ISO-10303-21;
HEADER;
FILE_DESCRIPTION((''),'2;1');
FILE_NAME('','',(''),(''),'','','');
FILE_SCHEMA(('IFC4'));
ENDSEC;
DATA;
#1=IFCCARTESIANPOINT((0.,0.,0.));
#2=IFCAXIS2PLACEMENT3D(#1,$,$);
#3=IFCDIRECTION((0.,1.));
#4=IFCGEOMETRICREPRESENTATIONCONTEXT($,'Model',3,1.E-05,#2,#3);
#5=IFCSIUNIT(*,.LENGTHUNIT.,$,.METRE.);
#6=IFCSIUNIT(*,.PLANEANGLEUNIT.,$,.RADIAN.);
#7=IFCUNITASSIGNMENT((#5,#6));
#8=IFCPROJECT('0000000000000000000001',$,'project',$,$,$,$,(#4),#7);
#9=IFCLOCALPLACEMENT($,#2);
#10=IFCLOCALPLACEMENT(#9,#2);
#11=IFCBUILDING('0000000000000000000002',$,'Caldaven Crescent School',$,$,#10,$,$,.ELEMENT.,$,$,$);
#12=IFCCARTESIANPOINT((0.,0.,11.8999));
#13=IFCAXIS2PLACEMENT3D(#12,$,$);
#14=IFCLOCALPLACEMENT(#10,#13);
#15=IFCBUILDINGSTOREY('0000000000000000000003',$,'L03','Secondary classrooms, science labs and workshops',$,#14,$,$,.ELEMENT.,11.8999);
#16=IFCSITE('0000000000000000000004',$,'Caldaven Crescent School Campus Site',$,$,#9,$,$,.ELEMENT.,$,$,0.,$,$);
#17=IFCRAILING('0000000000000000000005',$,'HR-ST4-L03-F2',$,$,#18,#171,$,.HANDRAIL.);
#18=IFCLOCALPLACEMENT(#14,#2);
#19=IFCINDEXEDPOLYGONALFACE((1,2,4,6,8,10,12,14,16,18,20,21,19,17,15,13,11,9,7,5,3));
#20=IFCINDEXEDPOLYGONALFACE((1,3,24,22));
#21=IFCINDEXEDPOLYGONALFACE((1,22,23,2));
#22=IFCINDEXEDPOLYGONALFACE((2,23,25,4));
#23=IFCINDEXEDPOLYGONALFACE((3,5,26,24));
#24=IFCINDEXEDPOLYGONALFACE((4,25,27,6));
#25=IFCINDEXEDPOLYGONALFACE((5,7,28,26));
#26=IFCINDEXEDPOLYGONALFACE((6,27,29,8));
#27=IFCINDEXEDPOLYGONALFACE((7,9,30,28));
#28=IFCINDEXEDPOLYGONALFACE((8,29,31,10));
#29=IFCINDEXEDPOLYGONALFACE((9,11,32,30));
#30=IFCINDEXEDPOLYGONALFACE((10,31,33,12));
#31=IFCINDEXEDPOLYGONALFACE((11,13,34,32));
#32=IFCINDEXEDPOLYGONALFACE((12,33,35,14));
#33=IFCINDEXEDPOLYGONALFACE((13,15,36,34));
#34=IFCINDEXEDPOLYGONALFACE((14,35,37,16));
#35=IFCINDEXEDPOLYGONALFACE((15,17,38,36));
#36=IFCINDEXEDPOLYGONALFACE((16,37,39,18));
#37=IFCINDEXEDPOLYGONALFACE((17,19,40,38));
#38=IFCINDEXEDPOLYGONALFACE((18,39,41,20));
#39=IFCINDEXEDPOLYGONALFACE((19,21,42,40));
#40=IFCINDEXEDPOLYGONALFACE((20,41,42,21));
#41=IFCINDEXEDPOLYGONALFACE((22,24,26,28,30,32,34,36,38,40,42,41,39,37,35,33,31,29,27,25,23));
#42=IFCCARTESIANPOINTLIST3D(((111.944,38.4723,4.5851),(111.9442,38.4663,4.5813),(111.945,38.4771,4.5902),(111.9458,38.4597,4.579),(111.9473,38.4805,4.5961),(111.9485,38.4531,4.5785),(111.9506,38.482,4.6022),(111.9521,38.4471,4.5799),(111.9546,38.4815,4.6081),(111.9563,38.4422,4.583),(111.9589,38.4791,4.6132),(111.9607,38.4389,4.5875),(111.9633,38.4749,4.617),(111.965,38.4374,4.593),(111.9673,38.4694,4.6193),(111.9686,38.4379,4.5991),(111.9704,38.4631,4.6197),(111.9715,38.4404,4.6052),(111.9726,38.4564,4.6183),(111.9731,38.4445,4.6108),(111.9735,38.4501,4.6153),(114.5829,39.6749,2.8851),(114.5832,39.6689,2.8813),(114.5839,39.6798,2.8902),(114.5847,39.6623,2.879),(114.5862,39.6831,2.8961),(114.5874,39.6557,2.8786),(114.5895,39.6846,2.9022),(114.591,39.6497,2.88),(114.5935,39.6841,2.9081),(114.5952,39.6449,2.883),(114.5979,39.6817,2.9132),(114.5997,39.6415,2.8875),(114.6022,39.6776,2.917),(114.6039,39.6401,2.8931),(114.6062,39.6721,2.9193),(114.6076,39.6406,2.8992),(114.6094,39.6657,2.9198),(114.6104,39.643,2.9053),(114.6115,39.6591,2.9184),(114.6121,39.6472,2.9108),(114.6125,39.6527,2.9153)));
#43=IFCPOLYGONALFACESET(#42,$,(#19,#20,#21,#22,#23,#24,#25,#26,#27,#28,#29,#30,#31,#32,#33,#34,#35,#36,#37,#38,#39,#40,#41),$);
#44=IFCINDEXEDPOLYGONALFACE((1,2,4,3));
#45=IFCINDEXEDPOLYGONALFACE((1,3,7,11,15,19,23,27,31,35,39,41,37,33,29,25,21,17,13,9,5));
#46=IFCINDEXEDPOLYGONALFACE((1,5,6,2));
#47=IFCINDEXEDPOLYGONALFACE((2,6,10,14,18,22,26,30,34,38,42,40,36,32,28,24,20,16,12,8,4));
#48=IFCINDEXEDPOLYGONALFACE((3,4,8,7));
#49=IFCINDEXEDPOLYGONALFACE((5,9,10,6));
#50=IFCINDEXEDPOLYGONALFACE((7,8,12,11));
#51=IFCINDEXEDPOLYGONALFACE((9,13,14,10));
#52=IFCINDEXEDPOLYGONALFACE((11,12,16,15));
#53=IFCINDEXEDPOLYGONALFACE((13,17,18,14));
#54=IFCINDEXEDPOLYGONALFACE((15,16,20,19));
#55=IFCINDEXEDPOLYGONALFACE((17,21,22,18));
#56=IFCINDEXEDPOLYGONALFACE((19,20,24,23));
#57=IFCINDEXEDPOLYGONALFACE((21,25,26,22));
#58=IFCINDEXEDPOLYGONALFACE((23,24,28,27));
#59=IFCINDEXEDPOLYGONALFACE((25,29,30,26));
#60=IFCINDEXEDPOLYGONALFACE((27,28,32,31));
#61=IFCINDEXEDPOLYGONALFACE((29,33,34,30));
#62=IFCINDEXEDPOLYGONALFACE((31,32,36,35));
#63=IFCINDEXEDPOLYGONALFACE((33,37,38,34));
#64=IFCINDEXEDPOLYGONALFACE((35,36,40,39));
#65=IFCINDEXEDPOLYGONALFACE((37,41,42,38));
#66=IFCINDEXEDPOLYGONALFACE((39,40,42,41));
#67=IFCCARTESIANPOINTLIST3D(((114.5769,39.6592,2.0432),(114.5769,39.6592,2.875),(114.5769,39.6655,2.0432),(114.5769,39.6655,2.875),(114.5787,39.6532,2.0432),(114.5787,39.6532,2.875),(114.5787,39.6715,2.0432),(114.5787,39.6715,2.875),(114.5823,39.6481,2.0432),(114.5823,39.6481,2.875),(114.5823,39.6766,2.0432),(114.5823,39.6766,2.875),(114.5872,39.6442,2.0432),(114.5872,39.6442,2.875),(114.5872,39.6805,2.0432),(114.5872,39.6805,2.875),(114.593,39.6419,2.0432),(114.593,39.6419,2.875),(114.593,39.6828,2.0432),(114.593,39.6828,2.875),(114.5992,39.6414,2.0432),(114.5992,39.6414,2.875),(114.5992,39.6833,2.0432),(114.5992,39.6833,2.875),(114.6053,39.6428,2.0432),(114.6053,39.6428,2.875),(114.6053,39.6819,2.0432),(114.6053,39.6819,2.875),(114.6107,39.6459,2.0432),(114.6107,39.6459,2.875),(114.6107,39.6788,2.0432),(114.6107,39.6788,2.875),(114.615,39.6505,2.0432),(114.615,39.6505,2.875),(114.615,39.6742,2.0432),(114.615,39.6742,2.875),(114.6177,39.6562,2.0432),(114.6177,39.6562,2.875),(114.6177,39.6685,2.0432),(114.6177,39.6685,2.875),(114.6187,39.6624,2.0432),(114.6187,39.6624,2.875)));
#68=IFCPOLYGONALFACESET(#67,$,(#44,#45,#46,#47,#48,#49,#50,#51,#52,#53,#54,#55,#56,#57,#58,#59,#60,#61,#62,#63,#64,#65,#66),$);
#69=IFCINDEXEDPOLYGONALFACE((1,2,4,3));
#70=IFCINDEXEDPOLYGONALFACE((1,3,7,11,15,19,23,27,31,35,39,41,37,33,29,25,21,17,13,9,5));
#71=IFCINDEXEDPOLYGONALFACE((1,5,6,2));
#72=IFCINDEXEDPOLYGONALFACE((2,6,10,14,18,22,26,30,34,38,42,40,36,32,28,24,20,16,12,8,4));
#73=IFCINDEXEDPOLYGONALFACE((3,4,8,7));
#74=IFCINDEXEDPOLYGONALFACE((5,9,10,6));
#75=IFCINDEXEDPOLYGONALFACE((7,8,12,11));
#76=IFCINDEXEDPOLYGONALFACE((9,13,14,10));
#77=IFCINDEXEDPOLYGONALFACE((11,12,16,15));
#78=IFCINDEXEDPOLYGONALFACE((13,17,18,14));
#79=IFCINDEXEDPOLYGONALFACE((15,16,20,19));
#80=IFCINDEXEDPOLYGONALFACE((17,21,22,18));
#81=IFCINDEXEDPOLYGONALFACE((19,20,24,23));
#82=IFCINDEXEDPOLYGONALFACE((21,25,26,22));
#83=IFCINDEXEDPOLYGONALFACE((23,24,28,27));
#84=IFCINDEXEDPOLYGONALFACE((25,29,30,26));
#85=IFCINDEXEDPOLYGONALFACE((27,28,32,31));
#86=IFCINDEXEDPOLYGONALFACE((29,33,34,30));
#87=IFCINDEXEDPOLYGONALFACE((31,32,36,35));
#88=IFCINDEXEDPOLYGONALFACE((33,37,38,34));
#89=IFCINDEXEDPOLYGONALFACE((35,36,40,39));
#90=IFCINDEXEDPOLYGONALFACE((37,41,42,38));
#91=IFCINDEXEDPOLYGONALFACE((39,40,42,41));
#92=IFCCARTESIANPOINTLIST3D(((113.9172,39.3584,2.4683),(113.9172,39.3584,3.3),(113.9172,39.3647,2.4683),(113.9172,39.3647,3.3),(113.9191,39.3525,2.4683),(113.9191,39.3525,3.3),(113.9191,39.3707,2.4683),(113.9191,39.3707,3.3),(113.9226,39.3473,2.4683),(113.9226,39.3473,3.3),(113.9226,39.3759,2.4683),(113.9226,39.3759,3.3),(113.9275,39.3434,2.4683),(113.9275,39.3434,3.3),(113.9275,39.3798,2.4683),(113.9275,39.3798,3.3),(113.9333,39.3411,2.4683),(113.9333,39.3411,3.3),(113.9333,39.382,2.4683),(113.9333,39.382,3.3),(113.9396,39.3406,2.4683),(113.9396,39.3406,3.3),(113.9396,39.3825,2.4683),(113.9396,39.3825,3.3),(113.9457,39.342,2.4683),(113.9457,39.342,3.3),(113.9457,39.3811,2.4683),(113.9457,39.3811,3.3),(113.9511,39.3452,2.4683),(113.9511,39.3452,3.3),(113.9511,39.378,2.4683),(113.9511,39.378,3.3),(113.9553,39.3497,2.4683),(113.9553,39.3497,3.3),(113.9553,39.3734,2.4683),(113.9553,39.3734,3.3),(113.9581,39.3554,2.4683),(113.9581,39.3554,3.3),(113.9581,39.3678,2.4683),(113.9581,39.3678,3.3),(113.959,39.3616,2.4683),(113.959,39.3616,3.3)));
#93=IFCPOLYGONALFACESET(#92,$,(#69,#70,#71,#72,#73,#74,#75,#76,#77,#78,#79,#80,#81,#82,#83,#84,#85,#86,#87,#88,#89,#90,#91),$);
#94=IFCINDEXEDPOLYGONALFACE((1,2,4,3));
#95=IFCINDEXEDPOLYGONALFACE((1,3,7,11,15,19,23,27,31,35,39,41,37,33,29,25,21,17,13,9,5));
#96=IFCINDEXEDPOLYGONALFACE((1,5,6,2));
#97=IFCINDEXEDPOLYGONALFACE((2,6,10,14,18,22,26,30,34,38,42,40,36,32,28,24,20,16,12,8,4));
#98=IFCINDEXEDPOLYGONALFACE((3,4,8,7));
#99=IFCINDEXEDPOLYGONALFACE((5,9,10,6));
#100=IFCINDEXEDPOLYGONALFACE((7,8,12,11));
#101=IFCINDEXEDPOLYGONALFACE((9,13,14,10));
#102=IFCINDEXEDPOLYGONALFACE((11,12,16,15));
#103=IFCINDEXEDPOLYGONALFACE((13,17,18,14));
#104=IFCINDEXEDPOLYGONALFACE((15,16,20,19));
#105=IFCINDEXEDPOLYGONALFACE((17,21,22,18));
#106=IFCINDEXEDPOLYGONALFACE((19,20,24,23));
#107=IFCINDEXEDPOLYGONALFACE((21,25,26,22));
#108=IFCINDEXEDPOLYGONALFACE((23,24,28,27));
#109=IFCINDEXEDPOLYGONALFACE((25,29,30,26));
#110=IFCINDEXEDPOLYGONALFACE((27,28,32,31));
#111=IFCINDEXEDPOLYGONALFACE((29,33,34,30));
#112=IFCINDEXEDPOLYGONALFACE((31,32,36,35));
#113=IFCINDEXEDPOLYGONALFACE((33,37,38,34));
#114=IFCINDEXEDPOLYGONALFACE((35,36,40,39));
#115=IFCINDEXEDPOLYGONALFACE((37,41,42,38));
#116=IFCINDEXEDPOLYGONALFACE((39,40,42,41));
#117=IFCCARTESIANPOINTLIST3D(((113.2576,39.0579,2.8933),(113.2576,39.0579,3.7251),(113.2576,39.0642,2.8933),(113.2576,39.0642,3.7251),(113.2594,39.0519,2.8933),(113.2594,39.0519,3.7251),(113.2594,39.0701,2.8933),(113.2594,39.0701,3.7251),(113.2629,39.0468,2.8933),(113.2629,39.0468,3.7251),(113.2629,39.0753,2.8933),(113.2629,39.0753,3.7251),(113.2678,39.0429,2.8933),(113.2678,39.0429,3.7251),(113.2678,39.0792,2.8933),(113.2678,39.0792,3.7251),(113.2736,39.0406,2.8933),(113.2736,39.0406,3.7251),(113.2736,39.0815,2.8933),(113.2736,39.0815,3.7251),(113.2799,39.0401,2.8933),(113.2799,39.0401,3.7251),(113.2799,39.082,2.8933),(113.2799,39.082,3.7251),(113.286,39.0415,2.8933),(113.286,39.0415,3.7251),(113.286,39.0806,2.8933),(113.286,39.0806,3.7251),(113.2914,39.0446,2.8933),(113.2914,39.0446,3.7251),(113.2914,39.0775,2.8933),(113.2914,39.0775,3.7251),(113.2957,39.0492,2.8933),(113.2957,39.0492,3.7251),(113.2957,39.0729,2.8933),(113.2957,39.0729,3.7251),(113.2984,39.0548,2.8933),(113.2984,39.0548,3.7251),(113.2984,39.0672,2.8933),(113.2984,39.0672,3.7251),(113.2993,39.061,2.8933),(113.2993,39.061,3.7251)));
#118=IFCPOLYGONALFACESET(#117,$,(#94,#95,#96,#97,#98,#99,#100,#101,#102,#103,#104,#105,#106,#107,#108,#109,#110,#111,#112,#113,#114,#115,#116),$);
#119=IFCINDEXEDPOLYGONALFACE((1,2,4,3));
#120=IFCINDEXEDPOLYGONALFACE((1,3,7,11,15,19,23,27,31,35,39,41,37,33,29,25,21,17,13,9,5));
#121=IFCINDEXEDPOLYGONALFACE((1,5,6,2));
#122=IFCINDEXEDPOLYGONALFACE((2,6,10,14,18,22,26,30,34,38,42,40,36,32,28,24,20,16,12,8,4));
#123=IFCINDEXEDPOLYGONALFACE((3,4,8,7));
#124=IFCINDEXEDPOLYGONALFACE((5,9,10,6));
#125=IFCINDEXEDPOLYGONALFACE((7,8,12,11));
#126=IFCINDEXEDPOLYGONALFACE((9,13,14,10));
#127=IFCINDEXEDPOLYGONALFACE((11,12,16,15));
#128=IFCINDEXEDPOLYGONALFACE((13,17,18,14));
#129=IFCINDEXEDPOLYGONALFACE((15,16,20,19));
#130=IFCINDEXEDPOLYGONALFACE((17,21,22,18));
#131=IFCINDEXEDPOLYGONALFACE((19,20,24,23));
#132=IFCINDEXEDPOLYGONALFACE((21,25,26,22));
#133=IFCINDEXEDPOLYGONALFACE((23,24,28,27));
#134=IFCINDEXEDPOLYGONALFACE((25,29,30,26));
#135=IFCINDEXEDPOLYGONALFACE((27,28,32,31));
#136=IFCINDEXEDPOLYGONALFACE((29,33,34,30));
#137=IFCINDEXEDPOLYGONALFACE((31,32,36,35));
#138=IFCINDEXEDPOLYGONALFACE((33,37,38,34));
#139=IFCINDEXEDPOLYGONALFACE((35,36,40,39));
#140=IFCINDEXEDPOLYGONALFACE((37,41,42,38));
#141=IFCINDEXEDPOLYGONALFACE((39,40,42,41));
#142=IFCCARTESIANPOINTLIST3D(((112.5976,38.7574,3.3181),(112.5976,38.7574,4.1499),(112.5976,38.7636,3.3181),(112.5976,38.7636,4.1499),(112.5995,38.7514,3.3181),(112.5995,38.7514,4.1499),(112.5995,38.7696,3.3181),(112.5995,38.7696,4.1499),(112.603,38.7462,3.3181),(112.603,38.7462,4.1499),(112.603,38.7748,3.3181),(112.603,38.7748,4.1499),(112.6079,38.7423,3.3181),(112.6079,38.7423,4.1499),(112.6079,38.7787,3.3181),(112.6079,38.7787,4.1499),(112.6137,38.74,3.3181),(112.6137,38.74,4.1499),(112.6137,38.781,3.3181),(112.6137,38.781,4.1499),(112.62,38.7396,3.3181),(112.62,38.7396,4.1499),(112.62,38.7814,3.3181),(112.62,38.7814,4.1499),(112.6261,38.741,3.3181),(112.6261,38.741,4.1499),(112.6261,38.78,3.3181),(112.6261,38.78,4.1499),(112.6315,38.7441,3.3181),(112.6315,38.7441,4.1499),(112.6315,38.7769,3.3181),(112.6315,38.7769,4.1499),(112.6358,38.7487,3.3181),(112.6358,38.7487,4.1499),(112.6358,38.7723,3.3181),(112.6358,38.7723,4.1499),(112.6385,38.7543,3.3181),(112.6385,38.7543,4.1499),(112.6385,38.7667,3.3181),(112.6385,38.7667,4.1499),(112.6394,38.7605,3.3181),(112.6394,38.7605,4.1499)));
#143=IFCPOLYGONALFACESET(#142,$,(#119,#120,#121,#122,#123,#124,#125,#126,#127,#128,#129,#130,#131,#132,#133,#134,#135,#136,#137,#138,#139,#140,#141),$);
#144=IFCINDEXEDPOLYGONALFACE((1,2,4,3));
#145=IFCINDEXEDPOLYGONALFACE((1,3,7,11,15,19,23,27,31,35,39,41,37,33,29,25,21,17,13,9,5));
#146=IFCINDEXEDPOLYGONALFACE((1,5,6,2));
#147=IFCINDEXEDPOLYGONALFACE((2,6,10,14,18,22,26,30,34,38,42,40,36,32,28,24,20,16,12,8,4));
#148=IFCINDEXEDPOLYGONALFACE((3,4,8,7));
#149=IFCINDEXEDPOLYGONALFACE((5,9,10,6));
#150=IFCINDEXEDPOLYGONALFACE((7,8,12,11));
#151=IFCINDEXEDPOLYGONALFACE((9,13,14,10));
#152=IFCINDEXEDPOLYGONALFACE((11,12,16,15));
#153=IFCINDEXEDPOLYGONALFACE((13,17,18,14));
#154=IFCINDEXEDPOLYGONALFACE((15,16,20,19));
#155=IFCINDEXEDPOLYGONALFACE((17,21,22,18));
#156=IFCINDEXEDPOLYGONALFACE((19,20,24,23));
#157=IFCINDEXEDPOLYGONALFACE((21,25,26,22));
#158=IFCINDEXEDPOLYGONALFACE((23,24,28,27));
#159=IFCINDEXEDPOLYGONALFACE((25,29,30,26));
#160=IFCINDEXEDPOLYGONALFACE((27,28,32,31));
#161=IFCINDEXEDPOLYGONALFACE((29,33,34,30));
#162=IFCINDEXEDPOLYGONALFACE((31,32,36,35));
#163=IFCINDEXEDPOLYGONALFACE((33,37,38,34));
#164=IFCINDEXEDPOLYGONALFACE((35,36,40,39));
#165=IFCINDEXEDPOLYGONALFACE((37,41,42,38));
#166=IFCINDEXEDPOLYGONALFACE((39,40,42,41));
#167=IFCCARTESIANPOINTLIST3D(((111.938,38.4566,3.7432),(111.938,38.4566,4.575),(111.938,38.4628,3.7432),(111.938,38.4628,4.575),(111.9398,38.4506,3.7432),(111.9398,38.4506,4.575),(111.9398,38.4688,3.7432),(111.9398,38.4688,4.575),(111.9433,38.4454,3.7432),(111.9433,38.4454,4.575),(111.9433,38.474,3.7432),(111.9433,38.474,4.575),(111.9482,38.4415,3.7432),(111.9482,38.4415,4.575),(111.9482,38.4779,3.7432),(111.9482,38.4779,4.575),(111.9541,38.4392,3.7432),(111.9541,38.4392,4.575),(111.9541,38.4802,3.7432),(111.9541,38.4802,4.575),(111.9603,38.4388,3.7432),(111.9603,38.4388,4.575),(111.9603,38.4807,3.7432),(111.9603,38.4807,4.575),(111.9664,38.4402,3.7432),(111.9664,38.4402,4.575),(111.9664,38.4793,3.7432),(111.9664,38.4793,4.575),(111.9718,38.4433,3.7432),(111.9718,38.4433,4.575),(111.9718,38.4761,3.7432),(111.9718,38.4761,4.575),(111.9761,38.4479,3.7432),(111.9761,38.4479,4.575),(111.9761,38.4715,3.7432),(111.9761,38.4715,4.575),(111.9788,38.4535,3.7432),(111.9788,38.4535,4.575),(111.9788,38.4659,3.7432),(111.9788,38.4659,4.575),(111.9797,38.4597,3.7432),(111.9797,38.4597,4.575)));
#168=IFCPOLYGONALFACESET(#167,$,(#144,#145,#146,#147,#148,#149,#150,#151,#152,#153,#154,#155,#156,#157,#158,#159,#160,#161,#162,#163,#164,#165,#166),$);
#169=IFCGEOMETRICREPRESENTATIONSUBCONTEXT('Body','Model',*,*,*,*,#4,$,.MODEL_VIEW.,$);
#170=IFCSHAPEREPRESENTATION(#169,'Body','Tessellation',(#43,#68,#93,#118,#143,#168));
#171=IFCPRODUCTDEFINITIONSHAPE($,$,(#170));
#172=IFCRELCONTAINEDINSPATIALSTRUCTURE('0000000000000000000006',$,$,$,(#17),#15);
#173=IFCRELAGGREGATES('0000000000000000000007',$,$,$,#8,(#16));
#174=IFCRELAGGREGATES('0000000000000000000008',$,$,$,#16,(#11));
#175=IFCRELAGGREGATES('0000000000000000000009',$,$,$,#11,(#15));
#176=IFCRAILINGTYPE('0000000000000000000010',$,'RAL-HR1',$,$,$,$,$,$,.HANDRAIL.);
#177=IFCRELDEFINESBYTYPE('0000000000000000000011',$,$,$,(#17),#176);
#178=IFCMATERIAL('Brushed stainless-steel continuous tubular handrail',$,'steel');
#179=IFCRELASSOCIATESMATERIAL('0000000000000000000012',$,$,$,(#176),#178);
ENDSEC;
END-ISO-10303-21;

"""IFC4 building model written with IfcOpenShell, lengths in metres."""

from ifc_helpers import new_model, si_unit, direction, frame, origin, origin_2d, place, context, subcontext, project, spatial, circle, extrude, material, type_object, element, save


model = new_model("IFC4")

# Units and contexts
model_context = context("Model", 3, precision=1e-05, world=origin(), true_north=direction((0.0, 1.0)))
body_context = subcontext(model_context, "Body", "Model", "MODEL_VIEW")
ifc_project = project(units=[si_unit("LENGTHUNIT", "METRE"), si_unit("PLANEANGLEUNIT", "RADIAN")], contexts=[model_context])

# Site, building, storey
site_placement = place(None, origin())
site = spatial("IfcSite", under=ifc_project, at=site_placement, Name="Caldaven Crescent School Campus Site", CompositionType="ELEMENT", RefElevation=0.0)
building_placement = place(site_placement, origin())
building = spatial("IfcBuilding", under=site, at=building_placement, Name="Caldaven Crescent School", CompositionType="ELEMENT")
storey_placement = place(building_placement, frame((0.0, 0.0, 11.8999)))
storey = spatial("IfcBuildingStorey", under=building, at=storey_placement, Name="L03", Description="Secondary classrooms, science labs and workshops", CompositionType="ELEMENT", Elevation=11.8999)

# Railing
ifc_material_1 = material(Name="Brushed stainless-steel continuous tubular handrail", Category="steel")
railing_type_1 = type_object("IfcRailingType", Name="RAL-HR1", PredefinedType="HANDRAIL", material=ifc_material_1)
railing_1_placement = place(storey_placement, frame((114.5977, 39.6624, 2.0432)))
element("IfcRailing", 1, at=railing_1_placement, inside=storey, type_object=railing_type_1, Name="HR-ST4-L03-F2", PredefinedType="HANDRAIL", context=body_context, shape_type="SweptSolid", body=[
    extrude(circle(Radius=0.0239, at=origin_2d()), frame((0.0, 0.0, 0.856), z_axis=(-0.785029, -0.357762, 0.505704), x_axis=(0.414697, -0.90996, 0.0)), (0.0, 0.0, 1.0), 3.3616),
    extrude(circle(Radius=0.021, at=origin_2d()), origin(), (0.0, 0.0, 1.0), 0.8318),
    extrude(circle(Radius=0.021, at=origin_2d()), frame((-0.6597, -0.3008, 0.425)), (0.0, 0.0, 1.0), 0.8318),
    extrude(circle(Radius=0.021, at=origin_2d()), frame((-1.3193, -0.6013, 0.8501)), (0.0, 0.0, 1.0), 0.8318),
    extrude(circle(Radius=0.021, at=origin_2d()), frame((-1.9792, -0.9019, 1.2749)), (0.0, 0.0, 1.0), 0.8318),
    extrude(circle(Radius=0.021, at=origin_2d()), frame((-2.6389, -1.2026, 1.7)), (0.0, 0.0, 1.0), 0.8318),
])

save(model, "model.ifc")
